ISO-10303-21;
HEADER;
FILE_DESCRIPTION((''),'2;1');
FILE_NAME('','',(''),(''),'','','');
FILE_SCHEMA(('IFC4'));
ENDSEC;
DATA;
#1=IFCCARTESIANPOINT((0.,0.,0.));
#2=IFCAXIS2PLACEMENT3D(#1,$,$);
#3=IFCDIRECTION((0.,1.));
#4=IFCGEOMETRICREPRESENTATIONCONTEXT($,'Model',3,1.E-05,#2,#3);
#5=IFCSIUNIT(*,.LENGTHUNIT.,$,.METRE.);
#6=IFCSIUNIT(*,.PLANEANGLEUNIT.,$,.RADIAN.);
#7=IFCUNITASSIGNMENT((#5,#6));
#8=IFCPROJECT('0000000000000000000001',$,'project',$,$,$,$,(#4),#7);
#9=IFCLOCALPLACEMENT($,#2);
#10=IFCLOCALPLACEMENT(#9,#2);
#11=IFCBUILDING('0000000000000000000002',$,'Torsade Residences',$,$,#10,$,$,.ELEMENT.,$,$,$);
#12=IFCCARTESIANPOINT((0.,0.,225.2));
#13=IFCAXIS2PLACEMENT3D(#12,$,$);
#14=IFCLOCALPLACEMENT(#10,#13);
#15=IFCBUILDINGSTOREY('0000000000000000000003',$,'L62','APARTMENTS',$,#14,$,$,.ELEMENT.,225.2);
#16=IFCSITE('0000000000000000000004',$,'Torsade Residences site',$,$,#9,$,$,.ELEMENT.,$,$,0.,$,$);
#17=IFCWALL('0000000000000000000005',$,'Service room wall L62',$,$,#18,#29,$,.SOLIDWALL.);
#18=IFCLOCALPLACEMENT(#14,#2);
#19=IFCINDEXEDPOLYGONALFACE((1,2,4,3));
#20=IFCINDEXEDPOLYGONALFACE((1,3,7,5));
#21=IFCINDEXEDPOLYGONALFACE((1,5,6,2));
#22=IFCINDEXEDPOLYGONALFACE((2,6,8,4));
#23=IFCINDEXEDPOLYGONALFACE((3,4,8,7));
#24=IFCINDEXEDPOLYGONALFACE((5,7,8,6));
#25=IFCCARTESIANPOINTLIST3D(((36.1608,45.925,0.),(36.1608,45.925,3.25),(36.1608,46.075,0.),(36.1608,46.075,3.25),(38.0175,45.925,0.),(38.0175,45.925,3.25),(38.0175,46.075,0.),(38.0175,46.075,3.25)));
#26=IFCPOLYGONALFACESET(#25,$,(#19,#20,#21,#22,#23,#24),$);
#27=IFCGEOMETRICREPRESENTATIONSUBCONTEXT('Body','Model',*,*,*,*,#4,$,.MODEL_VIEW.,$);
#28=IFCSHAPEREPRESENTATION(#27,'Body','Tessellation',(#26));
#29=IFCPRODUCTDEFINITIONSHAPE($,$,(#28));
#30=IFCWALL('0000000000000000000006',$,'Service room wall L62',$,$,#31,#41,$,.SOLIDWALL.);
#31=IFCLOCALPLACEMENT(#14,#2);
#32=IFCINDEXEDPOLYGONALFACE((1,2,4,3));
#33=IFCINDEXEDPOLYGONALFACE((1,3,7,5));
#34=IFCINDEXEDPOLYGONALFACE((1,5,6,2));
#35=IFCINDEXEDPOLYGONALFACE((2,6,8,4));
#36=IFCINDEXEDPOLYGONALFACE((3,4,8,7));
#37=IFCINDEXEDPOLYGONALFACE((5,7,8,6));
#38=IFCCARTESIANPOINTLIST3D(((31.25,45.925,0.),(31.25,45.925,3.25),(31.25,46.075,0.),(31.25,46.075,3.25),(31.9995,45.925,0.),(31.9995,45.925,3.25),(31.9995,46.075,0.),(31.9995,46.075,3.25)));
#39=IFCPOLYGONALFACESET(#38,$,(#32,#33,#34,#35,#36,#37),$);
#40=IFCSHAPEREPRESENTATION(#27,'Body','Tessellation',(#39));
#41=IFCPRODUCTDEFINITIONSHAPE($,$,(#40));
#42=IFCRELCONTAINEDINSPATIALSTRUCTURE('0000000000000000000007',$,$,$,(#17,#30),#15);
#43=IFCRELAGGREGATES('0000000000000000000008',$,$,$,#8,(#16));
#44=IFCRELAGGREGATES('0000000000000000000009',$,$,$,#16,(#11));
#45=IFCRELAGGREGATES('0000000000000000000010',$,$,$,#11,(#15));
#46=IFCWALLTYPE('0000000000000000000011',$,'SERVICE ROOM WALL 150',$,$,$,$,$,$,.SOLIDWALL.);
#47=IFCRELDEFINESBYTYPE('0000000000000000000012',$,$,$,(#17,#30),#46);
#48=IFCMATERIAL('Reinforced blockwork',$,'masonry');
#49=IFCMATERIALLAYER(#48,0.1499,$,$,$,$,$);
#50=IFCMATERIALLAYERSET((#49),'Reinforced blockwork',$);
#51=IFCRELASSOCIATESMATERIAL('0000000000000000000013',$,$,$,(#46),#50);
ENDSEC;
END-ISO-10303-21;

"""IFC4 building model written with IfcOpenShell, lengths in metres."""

from ifc_helpers import new_model, si_unit, direction, frame, frame_2d, origin, place, context, subcontext, project, spatial, rectangle, extrude, material, layer, layer_set, type_object, element, save


model = new_model("IFC4")

# Units and contexts
model_context = context("Model", 3, precision=1e-05, world=origin(), true_north=direction((0.0, 1.0)))
body_context = subcontext(model_context, "Body", "Model", "MODEL_VIEW")
ifc_project = project(units=[si_unit("LENGTHUNIT", "METRE"), si_unit("PLANEANGLEUNIT", "RADIAN")], contexts=[model_context])

# Site, building, storey
site_placement = place(None, origin())
site = spatial("IfcSite", under=ifc_project, at=site_placement, Name="Torsade Residences site", CompositionType="ELEMENT", RefElevation=0.0)
building_placement = place(site_placement, origin())
building = spatial("IfcBuilding", under=site, at=building_placement, Name="Torsade Residences", CompositionType="ELEMENT")
storey_placement = place(building_placement, frame((0.0, 0.0, 225.2)))
storey = spatial("IfcBuildingStorey", under=building, at=storey_placement, Name="L62", Description="APARTMENTS", CompositionType="ELEMENT", Elevation=225.2)

# Shared definitions
ifc_material_1 = material(Name="Reinforced blockwork", Category="masonry")
ifc_layer_1 = layer(ifc_material_1, 0.1499)
ifc_layer_set_1 = layer_set([ifc_layer_1], Name="Reinforced blockwork")
wall_type_1 = type_object("IfcWallType", Name="SERVICE ROOM WALL 150", PredefinedType="SOLIDWALL", material=ifc_layer_set_1)

# Walls
wall_1_placement = place(storey_placement, frame((38.0173, 46.0, 0.0), z_axis=(0.0, 0.0, 1.0), x_axis=(-1.0, 0.0, 0.0)))
element("IfcWall", 1, at=wall_1_placement, inside=storey, type_object=wall_type_1, Name="Service room wall L62", PredefinedType="SOLIDWALL", context=body_context, shape_type="SweptSolid", body=[
    extrude(rectangle(XDim=1.8567, YDim=0.1499, at=frame_2d((0.9282, 0.0))), origin(), (0.0, 0.0, 1.0), 3.25),
])
wall_2_placement = place(storey_placement, frame((31.9995, 46.0, 0.0), z_axis=(0.0, 0.0, 1.0), x_axis=(-1.0, 0.0, 0.0)))
element("IfcWall", 2, at=wall_2_placement, inside=storey, type_object=wall_type_1, Name="Service room wall L62", PredefinedType="SOLIDWALL", context=body_context, shape_type="SweptSolid", body=[
    extrude(rectangle(XDim=0.7495, YDim=0.1499, at=frame_2d((0.3748, 0.0))), origin(), (0.0, 0.0, 1.0), 3.25),
])

save(model, "model.ifc")
